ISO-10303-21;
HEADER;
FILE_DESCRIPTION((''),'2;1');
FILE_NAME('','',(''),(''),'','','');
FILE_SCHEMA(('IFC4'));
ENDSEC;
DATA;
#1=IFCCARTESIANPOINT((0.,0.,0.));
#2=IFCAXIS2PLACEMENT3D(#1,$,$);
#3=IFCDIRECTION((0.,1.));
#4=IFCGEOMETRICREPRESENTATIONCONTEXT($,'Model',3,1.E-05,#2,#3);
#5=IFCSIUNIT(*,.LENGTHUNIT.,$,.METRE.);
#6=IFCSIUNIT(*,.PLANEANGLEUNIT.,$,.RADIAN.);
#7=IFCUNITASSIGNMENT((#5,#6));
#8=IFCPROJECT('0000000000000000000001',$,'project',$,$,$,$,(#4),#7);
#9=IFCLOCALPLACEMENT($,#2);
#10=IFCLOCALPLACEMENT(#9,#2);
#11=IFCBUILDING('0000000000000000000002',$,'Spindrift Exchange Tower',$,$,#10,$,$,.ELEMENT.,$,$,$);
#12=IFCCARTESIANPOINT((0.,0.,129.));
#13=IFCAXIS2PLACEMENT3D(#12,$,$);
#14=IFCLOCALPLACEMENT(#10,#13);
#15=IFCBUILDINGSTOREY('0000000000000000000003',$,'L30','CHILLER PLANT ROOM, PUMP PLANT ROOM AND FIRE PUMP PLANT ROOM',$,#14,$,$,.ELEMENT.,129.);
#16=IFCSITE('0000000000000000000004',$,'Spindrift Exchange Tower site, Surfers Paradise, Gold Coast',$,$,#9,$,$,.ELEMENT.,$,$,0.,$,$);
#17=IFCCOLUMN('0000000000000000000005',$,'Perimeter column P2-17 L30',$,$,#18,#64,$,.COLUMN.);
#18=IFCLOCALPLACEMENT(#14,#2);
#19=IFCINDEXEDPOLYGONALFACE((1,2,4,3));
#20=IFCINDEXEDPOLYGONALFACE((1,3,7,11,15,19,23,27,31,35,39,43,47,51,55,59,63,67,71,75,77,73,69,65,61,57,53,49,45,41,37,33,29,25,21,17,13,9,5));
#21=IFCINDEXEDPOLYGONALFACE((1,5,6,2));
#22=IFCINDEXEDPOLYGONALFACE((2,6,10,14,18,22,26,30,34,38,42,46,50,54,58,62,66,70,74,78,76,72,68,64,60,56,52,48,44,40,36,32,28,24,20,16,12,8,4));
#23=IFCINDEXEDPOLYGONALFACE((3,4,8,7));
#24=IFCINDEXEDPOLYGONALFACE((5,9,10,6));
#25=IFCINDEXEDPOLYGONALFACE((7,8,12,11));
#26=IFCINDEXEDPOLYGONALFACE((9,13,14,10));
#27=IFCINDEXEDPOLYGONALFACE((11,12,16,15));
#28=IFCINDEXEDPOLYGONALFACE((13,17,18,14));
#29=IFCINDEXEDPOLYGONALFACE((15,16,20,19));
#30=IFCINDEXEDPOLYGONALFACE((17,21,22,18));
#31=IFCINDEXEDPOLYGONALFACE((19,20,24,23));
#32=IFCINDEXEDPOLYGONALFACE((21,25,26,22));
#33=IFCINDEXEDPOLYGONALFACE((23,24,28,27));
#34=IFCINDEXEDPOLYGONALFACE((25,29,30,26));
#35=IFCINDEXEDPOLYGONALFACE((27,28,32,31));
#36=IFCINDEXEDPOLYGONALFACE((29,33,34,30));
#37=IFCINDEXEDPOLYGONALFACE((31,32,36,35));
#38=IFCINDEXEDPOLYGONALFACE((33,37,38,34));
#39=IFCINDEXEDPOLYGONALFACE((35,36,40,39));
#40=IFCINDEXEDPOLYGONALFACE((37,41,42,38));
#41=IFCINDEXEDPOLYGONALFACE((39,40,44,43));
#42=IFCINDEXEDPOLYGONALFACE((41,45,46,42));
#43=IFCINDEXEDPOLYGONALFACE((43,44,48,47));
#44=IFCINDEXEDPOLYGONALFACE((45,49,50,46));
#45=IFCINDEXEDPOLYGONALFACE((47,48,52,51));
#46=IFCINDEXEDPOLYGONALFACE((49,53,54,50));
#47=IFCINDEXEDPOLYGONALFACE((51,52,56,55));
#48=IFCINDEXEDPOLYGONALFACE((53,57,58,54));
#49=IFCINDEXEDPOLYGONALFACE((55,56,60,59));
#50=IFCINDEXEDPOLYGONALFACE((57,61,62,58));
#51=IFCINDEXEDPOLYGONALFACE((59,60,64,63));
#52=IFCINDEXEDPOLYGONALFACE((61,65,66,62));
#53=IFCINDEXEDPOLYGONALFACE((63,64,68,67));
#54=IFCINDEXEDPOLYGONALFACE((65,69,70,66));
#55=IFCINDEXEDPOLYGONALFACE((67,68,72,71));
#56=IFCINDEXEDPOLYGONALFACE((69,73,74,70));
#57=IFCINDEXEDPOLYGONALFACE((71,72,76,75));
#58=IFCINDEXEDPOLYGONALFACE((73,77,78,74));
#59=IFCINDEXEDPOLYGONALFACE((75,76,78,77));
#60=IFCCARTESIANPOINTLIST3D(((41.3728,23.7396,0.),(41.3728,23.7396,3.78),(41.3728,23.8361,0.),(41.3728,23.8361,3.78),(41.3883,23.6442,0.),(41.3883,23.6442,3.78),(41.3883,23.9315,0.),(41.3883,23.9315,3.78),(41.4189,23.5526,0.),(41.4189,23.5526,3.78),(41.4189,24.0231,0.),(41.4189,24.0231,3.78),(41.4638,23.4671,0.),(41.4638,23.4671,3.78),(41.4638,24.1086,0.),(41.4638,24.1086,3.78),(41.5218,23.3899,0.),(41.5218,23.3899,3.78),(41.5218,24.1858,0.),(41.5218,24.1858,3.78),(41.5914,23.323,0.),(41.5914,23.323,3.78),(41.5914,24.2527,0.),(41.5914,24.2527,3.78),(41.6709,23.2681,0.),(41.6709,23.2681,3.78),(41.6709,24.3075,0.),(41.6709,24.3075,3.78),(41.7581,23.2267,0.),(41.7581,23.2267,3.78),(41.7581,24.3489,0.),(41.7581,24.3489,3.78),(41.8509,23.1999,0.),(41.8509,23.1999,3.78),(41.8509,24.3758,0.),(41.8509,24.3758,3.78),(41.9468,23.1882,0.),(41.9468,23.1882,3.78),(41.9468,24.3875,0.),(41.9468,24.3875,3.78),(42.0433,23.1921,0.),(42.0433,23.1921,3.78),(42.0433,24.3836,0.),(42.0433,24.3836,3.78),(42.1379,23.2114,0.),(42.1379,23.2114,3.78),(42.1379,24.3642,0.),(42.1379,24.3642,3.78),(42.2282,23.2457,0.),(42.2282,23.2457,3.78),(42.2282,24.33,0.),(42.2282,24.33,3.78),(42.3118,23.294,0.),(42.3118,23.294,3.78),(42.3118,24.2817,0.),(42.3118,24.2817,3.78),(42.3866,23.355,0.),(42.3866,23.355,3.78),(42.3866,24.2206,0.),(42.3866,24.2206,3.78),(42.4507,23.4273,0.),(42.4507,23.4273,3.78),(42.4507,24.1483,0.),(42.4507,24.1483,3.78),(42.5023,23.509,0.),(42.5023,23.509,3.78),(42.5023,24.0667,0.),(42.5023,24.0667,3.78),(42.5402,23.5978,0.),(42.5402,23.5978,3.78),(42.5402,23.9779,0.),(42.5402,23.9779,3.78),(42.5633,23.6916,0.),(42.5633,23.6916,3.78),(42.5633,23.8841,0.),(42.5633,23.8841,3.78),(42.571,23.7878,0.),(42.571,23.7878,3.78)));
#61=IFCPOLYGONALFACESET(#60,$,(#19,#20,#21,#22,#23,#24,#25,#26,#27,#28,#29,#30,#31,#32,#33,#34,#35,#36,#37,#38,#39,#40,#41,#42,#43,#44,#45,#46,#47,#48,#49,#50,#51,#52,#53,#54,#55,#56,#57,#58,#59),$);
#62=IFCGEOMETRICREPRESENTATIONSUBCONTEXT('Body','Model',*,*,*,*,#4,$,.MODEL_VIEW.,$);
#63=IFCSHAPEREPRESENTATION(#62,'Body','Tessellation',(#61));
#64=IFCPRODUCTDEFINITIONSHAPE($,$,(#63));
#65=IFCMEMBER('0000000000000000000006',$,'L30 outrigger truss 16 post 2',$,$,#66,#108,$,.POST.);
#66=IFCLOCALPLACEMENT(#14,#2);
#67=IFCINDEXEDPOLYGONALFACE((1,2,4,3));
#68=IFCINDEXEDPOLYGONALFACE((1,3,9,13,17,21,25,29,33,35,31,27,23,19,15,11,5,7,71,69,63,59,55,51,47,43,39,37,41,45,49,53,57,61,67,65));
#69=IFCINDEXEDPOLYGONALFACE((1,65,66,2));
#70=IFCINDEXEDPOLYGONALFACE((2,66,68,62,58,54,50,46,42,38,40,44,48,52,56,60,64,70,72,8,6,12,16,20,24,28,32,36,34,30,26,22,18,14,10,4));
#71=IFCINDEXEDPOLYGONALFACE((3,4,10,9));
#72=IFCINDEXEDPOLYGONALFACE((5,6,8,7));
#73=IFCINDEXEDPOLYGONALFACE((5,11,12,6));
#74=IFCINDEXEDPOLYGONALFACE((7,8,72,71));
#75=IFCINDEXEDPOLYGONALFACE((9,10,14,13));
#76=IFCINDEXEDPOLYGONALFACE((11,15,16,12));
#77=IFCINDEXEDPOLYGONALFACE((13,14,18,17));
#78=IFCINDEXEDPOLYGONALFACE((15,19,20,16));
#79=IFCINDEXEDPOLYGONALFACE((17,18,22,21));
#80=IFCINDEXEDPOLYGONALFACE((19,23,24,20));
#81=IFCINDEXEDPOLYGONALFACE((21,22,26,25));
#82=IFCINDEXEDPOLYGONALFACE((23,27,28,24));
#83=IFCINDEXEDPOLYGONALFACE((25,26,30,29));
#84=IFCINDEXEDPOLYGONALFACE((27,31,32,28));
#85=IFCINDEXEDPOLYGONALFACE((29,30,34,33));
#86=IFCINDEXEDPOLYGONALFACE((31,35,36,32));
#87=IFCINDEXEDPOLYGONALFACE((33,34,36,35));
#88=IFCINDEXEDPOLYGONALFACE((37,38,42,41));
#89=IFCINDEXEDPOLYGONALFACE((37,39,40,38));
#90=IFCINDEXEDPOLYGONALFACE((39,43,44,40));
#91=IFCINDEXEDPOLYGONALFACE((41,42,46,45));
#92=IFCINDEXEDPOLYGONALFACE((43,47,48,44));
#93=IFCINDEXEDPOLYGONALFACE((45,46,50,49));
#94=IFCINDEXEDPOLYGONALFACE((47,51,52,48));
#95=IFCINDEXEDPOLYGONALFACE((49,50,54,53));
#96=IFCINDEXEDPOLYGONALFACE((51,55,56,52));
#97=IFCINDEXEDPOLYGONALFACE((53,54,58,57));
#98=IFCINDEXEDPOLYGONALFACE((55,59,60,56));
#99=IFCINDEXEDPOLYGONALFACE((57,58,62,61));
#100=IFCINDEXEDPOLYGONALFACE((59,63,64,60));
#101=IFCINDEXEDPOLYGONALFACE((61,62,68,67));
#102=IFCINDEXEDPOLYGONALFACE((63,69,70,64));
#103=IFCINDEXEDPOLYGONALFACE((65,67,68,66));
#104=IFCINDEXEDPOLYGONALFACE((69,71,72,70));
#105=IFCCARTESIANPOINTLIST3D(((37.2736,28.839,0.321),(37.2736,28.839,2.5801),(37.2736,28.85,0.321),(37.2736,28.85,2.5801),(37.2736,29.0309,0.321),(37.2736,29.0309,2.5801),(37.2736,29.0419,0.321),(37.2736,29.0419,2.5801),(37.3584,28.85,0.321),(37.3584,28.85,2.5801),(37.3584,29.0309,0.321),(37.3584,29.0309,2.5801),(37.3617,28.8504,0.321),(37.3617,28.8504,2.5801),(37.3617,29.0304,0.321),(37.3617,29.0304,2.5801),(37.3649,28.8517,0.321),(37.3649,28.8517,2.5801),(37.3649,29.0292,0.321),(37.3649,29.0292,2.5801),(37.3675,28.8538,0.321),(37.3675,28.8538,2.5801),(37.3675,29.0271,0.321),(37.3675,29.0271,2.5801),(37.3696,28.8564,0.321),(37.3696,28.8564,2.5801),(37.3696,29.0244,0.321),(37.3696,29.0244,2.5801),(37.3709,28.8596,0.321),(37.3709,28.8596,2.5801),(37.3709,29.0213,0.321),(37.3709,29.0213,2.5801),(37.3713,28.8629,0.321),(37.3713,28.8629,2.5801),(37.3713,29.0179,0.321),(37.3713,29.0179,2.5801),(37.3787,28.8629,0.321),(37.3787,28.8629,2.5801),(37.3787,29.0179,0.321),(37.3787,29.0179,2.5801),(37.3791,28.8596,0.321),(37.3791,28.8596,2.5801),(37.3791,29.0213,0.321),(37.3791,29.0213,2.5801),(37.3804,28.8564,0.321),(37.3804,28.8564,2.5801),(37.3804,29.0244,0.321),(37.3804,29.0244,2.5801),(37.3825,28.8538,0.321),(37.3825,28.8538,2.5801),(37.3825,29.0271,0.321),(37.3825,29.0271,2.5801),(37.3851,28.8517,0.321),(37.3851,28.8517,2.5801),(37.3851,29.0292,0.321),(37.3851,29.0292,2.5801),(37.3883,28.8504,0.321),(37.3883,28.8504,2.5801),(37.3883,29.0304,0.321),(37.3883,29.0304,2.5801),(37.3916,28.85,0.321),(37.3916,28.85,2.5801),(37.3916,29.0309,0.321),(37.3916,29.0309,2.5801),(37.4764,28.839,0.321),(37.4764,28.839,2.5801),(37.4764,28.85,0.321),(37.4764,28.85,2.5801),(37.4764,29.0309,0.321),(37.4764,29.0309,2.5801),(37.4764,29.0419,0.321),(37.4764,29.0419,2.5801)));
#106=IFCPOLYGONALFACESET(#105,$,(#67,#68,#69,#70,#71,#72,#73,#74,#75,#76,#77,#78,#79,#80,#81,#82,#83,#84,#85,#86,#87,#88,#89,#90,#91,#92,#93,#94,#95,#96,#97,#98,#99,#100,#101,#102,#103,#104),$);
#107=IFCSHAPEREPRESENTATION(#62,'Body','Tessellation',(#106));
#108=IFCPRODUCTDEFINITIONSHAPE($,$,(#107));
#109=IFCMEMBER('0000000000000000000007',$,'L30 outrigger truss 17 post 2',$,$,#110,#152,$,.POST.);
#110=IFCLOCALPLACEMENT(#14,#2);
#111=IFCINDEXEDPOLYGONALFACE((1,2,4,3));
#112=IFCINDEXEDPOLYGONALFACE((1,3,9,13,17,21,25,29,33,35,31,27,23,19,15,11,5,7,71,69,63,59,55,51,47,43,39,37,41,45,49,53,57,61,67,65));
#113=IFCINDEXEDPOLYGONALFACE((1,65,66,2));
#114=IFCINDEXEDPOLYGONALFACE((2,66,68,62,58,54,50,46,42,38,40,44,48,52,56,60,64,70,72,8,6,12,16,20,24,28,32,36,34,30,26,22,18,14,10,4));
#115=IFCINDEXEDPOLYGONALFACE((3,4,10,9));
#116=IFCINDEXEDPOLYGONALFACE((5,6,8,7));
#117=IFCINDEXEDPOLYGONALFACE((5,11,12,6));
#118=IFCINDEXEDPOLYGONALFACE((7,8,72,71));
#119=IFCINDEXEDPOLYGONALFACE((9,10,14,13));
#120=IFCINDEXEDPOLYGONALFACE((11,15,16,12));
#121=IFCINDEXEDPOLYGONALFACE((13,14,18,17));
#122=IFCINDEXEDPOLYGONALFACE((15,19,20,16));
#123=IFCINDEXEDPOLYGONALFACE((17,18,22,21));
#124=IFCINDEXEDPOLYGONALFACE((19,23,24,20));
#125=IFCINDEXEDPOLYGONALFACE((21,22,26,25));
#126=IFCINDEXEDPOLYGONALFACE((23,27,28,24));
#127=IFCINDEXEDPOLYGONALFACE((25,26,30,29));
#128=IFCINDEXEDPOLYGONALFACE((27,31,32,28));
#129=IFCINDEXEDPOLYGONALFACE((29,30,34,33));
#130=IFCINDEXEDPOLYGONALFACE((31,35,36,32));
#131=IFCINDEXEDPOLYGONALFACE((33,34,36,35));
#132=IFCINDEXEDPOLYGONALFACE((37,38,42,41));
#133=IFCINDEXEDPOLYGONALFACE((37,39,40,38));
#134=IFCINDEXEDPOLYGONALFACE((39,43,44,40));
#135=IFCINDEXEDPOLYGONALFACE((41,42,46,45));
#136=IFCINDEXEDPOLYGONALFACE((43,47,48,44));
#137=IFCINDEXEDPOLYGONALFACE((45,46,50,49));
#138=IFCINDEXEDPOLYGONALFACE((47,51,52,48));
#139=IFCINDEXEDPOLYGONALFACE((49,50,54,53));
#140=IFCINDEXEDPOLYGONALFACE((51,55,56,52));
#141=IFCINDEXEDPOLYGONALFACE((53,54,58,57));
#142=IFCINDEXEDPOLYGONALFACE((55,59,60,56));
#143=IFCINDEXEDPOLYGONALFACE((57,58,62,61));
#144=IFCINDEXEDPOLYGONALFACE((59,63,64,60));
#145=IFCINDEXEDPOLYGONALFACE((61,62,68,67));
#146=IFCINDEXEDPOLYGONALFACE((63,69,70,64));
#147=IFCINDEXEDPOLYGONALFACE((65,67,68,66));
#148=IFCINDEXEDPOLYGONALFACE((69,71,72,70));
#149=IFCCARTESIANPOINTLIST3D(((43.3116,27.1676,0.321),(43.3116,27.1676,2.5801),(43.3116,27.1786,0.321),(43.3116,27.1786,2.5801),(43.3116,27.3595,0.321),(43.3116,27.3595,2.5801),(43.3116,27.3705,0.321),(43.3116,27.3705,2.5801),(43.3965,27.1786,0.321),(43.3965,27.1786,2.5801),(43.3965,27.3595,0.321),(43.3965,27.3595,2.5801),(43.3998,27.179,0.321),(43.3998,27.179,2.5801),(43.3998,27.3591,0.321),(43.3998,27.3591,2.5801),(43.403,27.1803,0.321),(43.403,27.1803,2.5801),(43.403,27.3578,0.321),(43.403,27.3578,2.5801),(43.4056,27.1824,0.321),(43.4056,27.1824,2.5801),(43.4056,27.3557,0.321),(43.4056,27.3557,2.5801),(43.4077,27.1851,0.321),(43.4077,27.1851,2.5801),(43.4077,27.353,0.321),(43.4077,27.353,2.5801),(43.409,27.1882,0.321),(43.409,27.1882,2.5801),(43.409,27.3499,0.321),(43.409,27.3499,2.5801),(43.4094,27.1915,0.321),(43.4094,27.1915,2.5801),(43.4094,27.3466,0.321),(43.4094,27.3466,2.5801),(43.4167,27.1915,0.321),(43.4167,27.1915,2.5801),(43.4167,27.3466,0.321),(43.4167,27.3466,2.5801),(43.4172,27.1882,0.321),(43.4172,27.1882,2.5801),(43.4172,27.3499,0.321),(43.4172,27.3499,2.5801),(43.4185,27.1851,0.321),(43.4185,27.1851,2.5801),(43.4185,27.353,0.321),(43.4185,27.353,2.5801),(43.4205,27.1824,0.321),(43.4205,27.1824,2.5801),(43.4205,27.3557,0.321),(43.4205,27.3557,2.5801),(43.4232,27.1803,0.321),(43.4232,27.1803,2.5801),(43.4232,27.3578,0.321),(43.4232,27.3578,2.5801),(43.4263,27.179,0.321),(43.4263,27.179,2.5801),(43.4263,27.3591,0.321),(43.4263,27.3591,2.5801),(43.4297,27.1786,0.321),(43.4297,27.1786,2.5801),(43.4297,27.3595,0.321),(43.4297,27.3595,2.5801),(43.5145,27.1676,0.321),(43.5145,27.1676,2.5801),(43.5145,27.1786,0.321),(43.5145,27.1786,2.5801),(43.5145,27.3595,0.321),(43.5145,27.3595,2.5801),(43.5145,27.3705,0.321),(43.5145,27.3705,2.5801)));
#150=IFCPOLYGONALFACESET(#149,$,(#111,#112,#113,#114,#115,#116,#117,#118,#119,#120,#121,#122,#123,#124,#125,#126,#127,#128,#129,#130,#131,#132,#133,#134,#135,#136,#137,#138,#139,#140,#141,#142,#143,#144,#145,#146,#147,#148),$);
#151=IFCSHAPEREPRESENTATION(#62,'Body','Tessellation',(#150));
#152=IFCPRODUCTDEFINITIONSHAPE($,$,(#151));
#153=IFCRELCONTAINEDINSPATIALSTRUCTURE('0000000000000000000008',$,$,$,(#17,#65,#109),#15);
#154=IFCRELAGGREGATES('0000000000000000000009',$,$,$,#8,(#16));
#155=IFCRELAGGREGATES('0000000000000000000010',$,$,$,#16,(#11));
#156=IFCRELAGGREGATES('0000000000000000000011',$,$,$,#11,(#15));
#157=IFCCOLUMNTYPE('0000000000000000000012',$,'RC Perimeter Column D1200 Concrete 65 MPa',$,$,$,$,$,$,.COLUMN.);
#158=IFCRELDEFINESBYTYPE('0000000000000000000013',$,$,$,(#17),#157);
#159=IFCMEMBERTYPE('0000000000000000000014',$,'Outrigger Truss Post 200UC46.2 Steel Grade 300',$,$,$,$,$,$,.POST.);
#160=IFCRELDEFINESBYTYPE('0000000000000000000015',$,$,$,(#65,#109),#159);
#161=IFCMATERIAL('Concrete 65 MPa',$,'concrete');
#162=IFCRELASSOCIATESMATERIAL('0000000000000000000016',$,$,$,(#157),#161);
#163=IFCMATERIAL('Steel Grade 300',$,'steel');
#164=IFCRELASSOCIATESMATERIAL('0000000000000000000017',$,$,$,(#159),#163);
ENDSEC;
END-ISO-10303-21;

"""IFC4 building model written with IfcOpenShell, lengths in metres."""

from ifc_helpers import new_model, si_unit, direction, frame, origin, origin_2d, place, context, subcontext, project, spatial, circle, i_section, extrude, source, transform, mapped, material, material_profile, profile_set, type_object, element, save


model = new_model("IFC4")

# Units and contexts
model_context = context("Model", 3, precision=1e-05, world=origin(), true_north=direction((0.0, 1.0)))
body_context = subcontext(model_context, "Body", "Model", "MODEL_VIEW")
ifc_project = project(units=[si_unit("LENGTHUNIT", "METRE"), si_unit("PLANEANGLEUNIT", "RADIAN")], contexts=[model_context])

# Site, building, storey
site_placement = place(None, origin())
site = spatial("IfcSite", under=ifc_project, at=site_placement, Name="Spindrift Exchange Tower site, Surfers Paradise, Gold Coast", CompositionType="ELEMENT", RefElevation=0.0)
building_placement = place(site_placement, origin())
building = spatial("IfcBuilding", under=site, at=building_placement, Name="Spindrift Exchange Tower", CompositionType="ELEMENT")
storey_placement = place(building_placement, frame((0.0, 0.0, 129.0)))
storey = spatial("IfcBuildingStorey", under=building, at=storey_placement, Name="L30", Description="CHILLER PLANT ROOM, PUMP PLANT ROOM AND FIRE PUMP PLANT ROOM", CompositionType="ELEMENT", Elevation=129.0)

# Column
ifc_material_1 = material(Name="Concrete 65 MPa", Category="concrete")
ifc_material_profile_1 = material_profile(ifc_material_1, circle(Radius=0.6001, at=origin_2d()), Name="RC D1200")
ifc_profile_set_1 = profile_set([ifc_material_profile_1], Name="Concrete 65 MPa")
column_type = type_object("IfcColumnType", Name="RC Perimeter Column D1200 Concrete 65 MPa", PredefinedType="COLUMN", material=ifc_profile_set_1)
shared_shape_1 = source(origin(), body_context, "Body", "SweptSolid", [
    extrude(circle(Radius=0.6001, at=origin_2d()), origin(), (0.0, 0.0, 1.0), 3.78),
])
column_placement = place(storey_placement, frame((41.9709, 23.7878, 0.0), z_axis=(0.0, 0.0, 1.0), x_axis=(1.0, 0.0, 0.0)))
element("IfcColumn", 1, at=column_placement, inside=storey, type_object=column_type, Name="Perimeter column P2-17 L30", PredefinedType="COLUMN", context=body_context, shape_type="MappedRepresentation", body=[
    mapped(shared_shape_1, transform((0.0, 0.0, 0.0), scale=1.0)),
])

# Members
ifc_material_2 = material(Name="Steel Grade 300", Category="steel")
ifc_material_profile_2 = material_profile(ifc_material_2, i_section(OverallWidth=0.2029, OverallDepth=0.2029, WebThickness=0.0073, FlangeThickness=0.011, FilletRadius=0.0129, at=origin_2d()), Name="200UC46.2")
ifc_profile_set_2 = profile_set([ifc_material_profile_2], Name="Steel Grade 300")
member_type_1 = type_object("IfcMemberType", Name="Outrigger Truss Post 200UC46.2 Steel Grade 300", PredefinedType="POST", material=ifc_profile_set_2)
shared_shape_2 = source(origin(), body_context, "Body", "SweptSolid", [
    extrude(i_section(OverallWidth=0.2029, OverallDepth=0.2029, WebThickness=0.0073, FlangeThickness=0.011, FilletRadius=0.0129, at=origin_2d()), origin(), (0.0, 0.0, 1.0), 2.259),
])
for number, where, z_axis, x_axis, name in (
    (2, (37.375, 28.9404, 0.321), (0.0, 0.0, 1.0), (1.0, 0.0, 0.0), "L30 outrigger truss 16 post 2"),
    (3, (43.4131, 27.269, 0.321), (0.0, 0.0, 1.0), (1.0, 0.0, 0.0), "L30 outrigger truss 17 post 2"),
):
    element("IfcMember", number, at=place(storey_placement, frame(where, z_axis=z_axis, x_axis=x_axis)), inside=storey, type_object=member_type_1, Name=name, PredefinedType="POST", context=body_context, shape_type="MappedRepresentation", body=[
        mapped(shared_shape_2, transform((0.0, 0.0, 0.0), scale=1.0)),
    ])

save(model, "model.ifc")
